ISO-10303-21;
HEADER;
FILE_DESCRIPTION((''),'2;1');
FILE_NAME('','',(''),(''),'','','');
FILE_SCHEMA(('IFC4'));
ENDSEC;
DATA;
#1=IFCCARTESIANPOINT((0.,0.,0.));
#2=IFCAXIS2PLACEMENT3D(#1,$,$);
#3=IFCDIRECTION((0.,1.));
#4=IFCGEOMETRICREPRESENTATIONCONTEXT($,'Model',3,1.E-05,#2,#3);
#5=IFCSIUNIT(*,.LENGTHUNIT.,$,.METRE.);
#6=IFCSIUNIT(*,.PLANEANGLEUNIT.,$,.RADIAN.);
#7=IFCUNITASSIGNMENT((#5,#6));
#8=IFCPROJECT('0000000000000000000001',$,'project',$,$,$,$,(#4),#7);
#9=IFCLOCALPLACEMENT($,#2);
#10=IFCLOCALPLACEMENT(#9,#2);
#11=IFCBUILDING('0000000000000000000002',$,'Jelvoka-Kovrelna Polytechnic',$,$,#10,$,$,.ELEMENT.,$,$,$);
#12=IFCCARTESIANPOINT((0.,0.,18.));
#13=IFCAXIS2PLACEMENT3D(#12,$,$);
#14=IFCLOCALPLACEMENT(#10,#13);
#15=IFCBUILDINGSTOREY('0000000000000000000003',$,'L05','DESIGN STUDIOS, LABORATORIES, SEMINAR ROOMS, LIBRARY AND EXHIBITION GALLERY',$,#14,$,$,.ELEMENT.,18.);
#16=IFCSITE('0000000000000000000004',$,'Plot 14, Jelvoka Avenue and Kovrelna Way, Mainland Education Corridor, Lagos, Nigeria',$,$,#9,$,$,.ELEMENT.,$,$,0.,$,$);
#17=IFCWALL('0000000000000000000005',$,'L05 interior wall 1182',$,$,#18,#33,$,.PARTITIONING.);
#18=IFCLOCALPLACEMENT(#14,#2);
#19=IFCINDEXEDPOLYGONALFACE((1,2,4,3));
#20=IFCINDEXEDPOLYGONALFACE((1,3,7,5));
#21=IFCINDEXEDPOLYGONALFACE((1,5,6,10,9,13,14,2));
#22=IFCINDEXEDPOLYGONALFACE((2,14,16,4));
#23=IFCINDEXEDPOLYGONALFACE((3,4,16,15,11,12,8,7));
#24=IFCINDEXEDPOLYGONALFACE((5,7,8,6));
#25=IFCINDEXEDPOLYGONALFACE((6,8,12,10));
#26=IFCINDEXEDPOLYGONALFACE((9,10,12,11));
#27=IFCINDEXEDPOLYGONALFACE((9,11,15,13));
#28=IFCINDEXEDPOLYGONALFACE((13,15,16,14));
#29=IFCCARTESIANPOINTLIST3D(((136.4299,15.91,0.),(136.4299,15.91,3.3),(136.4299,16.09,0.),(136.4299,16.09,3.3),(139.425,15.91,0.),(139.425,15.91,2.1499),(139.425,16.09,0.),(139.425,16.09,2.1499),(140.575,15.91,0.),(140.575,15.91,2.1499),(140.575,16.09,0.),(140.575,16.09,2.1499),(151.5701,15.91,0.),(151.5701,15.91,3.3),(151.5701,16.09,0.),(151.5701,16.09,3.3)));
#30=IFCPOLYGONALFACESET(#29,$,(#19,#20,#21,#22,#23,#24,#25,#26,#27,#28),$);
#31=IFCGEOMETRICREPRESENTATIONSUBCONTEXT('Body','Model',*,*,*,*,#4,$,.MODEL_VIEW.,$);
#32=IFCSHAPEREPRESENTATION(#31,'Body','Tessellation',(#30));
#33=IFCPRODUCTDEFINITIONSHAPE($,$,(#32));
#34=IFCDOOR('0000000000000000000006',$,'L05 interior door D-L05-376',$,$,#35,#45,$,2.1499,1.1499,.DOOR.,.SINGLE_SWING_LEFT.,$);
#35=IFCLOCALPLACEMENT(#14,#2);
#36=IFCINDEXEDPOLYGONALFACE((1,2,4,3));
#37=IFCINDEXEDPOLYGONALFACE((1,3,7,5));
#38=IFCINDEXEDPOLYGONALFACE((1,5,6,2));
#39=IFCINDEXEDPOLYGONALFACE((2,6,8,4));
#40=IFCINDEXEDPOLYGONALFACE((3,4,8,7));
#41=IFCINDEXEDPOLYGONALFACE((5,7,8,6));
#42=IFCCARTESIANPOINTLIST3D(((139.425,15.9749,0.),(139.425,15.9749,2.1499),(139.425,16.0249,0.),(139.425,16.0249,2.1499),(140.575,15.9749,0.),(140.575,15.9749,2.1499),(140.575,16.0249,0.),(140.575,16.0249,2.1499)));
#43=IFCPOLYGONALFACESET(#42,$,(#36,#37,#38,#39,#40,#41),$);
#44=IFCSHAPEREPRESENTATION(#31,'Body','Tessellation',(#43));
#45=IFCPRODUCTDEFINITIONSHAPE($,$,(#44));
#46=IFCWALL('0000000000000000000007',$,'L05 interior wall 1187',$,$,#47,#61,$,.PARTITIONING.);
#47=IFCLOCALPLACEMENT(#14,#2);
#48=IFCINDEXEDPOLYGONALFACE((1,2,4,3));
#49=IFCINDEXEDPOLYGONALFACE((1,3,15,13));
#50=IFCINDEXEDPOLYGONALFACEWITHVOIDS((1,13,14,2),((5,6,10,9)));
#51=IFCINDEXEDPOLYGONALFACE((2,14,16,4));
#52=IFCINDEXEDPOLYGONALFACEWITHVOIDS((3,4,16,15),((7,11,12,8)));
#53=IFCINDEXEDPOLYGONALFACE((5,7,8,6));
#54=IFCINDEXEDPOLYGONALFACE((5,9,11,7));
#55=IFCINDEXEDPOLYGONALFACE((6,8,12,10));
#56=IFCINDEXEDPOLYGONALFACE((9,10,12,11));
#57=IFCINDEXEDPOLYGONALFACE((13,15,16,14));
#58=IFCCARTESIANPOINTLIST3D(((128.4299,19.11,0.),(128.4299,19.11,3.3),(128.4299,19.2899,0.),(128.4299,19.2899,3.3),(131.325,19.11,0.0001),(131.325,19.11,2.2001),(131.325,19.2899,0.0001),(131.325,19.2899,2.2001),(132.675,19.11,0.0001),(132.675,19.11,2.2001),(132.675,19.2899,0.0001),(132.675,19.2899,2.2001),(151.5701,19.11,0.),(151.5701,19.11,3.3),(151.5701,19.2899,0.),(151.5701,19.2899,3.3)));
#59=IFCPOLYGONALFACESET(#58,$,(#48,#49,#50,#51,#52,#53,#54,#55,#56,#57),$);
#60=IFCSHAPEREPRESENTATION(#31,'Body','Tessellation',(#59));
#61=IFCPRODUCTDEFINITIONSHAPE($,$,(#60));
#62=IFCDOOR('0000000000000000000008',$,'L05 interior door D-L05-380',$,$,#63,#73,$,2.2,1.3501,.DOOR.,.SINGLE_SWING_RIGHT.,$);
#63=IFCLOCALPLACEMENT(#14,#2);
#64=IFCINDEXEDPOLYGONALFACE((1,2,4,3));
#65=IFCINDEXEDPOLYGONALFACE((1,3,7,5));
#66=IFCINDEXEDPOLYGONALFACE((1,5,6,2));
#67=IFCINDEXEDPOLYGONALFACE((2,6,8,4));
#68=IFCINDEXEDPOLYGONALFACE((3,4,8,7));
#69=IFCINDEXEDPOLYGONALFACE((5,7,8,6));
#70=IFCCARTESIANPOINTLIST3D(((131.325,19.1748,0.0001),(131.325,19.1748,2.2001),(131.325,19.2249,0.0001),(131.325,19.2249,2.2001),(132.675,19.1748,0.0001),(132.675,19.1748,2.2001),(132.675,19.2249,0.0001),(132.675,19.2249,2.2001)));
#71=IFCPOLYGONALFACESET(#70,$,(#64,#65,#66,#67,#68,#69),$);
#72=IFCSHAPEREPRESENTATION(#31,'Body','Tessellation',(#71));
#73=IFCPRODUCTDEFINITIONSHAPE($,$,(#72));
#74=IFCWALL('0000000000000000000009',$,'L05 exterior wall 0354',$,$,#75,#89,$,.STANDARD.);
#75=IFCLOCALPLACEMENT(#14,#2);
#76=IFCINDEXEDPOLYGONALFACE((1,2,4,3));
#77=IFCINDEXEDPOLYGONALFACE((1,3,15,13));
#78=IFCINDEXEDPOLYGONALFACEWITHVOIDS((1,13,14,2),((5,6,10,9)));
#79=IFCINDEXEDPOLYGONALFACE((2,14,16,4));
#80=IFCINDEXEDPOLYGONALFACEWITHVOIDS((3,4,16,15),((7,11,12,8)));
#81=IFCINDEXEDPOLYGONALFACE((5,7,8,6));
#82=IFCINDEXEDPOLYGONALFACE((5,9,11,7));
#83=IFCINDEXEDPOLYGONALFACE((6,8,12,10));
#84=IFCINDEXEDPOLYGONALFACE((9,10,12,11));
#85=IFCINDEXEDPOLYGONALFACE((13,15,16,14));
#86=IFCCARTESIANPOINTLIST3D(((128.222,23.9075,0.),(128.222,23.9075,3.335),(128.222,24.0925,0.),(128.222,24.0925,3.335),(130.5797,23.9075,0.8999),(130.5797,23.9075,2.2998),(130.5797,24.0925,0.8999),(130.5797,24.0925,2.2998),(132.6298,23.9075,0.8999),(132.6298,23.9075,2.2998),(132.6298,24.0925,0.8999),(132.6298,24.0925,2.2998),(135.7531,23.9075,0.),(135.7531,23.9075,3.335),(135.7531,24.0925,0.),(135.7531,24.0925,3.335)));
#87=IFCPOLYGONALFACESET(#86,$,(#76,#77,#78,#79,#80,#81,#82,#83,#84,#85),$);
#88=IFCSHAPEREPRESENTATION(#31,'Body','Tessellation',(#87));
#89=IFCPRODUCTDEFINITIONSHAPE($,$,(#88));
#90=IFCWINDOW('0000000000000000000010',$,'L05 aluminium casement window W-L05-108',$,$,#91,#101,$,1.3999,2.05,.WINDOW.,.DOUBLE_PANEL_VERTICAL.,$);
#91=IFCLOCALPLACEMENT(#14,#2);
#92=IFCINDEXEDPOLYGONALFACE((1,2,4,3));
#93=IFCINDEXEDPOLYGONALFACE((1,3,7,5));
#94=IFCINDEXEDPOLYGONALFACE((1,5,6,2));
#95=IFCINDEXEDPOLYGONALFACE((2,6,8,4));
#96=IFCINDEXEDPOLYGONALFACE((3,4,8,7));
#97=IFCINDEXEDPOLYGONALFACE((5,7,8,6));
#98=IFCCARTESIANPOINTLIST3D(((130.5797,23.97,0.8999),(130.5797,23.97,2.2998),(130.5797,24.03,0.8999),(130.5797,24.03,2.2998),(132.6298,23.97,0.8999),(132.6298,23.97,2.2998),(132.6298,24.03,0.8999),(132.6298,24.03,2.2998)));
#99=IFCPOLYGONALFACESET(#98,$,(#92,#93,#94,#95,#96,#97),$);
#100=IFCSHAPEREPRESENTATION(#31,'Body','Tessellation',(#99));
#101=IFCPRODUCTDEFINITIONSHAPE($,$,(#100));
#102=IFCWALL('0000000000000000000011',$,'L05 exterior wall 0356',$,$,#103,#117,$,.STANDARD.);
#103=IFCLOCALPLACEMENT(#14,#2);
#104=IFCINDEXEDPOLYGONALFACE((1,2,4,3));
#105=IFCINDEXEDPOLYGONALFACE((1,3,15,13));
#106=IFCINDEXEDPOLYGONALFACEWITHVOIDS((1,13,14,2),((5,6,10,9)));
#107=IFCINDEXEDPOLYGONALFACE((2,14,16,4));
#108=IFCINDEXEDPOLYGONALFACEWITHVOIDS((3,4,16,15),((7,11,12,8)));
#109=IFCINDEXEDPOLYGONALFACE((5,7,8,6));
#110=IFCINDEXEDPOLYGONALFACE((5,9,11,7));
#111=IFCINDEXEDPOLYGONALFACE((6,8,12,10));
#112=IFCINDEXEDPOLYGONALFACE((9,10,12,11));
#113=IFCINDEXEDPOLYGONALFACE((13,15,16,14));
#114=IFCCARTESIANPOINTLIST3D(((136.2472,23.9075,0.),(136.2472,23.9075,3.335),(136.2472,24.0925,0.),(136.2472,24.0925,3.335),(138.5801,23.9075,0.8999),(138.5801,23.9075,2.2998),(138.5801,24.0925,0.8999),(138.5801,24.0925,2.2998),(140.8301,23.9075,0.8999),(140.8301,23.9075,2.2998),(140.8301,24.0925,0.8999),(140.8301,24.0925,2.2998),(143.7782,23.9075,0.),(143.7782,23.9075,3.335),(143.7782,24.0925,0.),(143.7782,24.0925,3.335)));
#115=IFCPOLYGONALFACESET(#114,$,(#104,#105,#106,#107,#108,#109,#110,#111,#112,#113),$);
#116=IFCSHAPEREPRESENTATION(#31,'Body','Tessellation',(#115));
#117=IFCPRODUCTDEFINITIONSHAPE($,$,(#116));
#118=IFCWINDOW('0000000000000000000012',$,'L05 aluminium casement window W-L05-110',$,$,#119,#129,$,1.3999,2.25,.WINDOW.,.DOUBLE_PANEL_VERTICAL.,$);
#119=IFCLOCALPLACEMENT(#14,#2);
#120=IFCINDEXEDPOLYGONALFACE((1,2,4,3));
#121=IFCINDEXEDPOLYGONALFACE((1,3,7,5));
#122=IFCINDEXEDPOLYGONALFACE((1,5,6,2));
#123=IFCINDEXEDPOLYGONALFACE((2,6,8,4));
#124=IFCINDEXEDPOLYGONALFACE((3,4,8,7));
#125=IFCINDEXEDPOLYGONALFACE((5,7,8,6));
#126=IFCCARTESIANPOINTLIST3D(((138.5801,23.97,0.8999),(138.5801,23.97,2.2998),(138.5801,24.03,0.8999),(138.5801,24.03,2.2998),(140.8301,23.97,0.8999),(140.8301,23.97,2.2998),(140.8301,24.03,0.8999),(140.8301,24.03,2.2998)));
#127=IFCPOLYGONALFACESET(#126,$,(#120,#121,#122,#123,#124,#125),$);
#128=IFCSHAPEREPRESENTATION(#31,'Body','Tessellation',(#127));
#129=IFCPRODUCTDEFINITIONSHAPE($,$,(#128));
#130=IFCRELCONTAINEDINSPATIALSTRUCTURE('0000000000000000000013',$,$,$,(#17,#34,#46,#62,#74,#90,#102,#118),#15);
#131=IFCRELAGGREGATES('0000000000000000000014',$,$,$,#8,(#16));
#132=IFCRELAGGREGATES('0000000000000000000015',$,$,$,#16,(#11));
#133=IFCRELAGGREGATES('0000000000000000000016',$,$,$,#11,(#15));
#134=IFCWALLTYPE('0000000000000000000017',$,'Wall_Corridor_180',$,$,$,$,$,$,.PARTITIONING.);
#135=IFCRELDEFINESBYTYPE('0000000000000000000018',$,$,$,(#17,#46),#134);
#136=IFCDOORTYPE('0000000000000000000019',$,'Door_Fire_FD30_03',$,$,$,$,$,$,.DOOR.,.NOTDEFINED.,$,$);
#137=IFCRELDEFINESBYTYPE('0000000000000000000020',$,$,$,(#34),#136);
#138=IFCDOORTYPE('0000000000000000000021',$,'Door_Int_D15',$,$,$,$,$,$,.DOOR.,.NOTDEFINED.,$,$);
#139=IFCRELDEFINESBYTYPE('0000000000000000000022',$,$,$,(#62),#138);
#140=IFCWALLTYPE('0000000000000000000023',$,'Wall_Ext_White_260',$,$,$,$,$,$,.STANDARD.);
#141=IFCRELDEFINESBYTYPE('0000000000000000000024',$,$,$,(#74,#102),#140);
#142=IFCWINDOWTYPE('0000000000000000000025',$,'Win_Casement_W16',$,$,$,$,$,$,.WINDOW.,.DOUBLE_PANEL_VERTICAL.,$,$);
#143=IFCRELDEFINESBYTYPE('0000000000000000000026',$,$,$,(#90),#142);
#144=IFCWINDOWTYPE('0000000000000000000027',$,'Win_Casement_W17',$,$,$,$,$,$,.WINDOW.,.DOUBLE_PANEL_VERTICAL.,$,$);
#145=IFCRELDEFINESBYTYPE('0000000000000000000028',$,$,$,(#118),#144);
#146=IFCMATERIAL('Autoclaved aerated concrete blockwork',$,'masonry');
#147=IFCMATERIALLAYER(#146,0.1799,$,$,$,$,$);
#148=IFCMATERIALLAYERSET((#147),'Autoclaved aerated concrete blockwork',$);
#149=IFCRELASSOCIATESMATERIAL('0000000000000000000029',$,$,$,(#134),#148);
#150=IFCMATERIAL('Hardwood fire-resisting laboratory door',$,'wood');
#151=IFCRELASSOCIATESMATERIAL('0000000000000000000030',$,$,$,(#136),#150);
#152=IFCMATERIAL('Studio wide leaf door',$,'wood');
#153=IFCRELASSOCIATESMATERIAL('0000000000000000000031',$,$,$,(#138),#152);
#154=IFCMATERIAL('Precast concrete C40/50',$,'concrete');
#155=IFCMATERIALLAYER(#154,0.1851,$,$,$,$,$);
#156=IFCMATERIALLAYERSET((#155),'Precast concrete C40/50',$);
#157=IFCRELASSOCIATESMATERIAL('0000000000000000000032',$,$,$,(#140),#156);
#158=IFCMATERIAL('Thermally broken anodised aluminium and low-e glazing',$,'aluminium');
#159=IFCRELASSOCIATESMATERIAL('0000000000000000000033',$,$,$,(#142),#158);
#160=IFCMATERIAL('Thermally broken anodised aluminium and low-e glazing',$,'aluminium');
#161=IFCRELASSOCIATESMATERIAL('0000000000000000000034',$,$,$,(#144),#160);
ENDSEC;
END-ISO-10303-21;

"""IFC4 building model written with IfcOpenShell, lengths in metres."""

from ifc_helpers import new_model, si_unit, direction, frame, frame_2d, origin, place, context, subcontext, project, spatial, rectangle, extrude, material, layer, layer_set, type_object, element, fill, save


model = new_model("IFC4")

# Units and contexts
model_context = context("Model", 3, precision=1e-05, world=origin(), true_north=direction((0.0, 1.0)))
body_context = subcontext(model_context, "Body", "Model", "MODEL_VIEW")
ifc_project = project(units=[si_unit("LENGTHUNIT", "METRE"), si_unit("PLANEANGLEUNIT", "RADIAN")], contexts=[model_context])

# Site, building, storey
site_placement = place(None, origin())
site = spatial("IfcSite", under=ifc_project, at=site_placement, Name="Plot 14, Jelvoka Avenue and Kovrelna Way, Mainland Education Corridor, Lagos, Nigeria", CompositionType="ELEMENT", RefElevation=0.0)
building_placement = place(site_placement, origin())
building = spatial("IfcBuilding", under=site, at=building_placement, Name="Jelvoka-Kovrelna Polytechnic", CompositionType="ELEMENT")
storey_placement = place(building_placement, frame((0.0, 0.0, 18.0)))
storey = spatial("IfcBuildingStorey", under=building, at=storey_placement, Name="L05", Description="DESIGN STUDIOS, LABORATORIES, SEMINAR ROOMS, LIBRARY AND EXHIBITION GALLERY", CompositionType="ELEMENT", Elevation=18.0)

# Walls, openings, doors
ifc_material_1 = material(Name="Autoclaved aerated concrete blockwork", Category="masonry")
ifc_layer_1 = layer(ifc_material_1, 0.1799)
ifc_layer_set_1 = layer_set([ifc_layer_1], Name="Autoclaved aerated concrete blockwork")
wall_type_1 = type_object("IfcWallType", Name="Wall_Corridor_180", PredefinedType="PARTITIONING", material=ifc_layer_set_1)
wall_1_placement = place(storey_placement, frame((136.4299, 16.0, 0.0), z_axis=(0.0, 0.0, 1.0), x_axis=(1.0, 0.0, 0.0)))
wall_1 = element("IfcWall", 1, at=wall_1_placement, inside=storey, type_object=wall_type_1, Name="L05 interior wall 1182", PredefinedType="PARTITIONING", context=body_context, shape_type="SweptSolid", body=[
    extrude(rectangle(XDim=15.1401, YDim=0.1799, at=frame_2d((7.5701, 0.0))), origin(), (0.0, 0.0, 1.0), 3.3),
])
opening_1_placement = place(wall_1_placement, frame((2.9951, 0.0, 0.0)))
opening_1 = element("IfcOpeningElement", 2, at=opening_1_placement, cuts=wall_1, PredefinedType="OPENING", context=body_context, shape_type="SweptSolid", body=[
    extrude(rectangle(XDim=1.1499, YDim=2.1499, at=frame_2d((0.575, 1.075))), frame((0.0, 0.0999, 0.0), z_axis=(0.0, -1.0, 0.0), x_axis=(1.0, 0.0, 0.0)), (0.0, 0.0, 1.0), 0.2),
])
ifc_material_2 = material(Name="Hardwood fire-resisting laboratory door", Category="wood")
door_type_1 = type_object("IfcDoorType", Name="Door_Fire_FD30_03", OperationType="NOTDEFINED", PredefinedType="DOOR", material=ifc_material_2)
door_1_placement = place(opening_1_placement, origin())
door_1 = element("IfcDoor", 3, at=door_1_placement, inside=storey, type_object=door_type_1, Name="L05 interior door D-L05-376", OperationType="SINGLE_SWING_LEFT", OverallHeight=2.1499, OverallWidth=1.1499, PredefinedType="DOOR", context=body_context, shape_type="SweptSolid", body=[
    extrude(rectangle(XDim=1.1499, YDim=2.1499, at=frame_2d((0.575, 1.075))), frame((0.0, 0.0249, 0.0), z_axis=(0.0, -1.0, 0.0), x_axis=(1.0, 0.0, 0.0)), (0.0, 0.0, 1.0), 0.05),
])
fill(opening_1, door_1)
wall_2_placement = place(storey_placement, frame((128.4299, 19.2, 0.0), z_axis=(0.0, 0.0, 1.0), x_axis=(1.0, 0.0, 0.0)))
wall_2 = element("IfcWall", 4, at=wall_2_placement, inside=storey, type_object=wall_type_1, Name="L05 interior wall 1187", PredefinedType="PARTITIONING", context=body_context, shape_type="SweptSolid", body=[
    extrude(rectangle(XDim=23.1401, YDim=0.1799, at=frame_2d((11.5701, 0.0))), origin(), (0.0, 0.0, 1.0), 3.3),
])
opening_2_placement = place(wall_2_placement, frame((2.895, 0.0, 0.0)))
opening_2 = element("IfcOpeningElement", 5, at=opening_2_placement, cuts=wall_2, PredefinedType="OPENING", context=body_context, shape_type="SweptSolid", body=[
    extrude(rectangle(XDim=1.3501, YDim=2.2, at=frame_2d((0.675, 1.1001))), frame((0.0, 0.0999, 0.0), z_axis=(0.0, -1.0, 0.0), x_axis=(1.0, 0.0, 0.0)), (0.0, 0.0, 1.0), 0.2),
])
ifc_material_3 = material(Name="Studio wide leaf door", Category="wood")
door_type_2 = type_object("IfcDoorType", Name="Door_Int_D15", OperationType="NOTDEFINED", PredefinedType="DOOR", material=ifc_material_3)
door_2_placement = place(opening_2_placement, origin())
door_2 = element("IfcDoor", 6, at=door_2_placement, inside=storey, type_object=door_type_2, Name="L05 interior door D-L05-380", OperationType="SINGLE_SWING_RIGHT", OverallHeight=2.2, OverallWidth=1.3501, PredefinedType="DOOR", context=body_context, shape_type="SweptSolid", body=[
    extrude(rectangle(XDim=1.3501, YDim=2.2, at=frame_2d((0.675, 1.1001))), frame((0.0, 0.0249, 0.0), z_axis=(0.0, -1.0, 0.0), x_axis=(1.0, 0.0, 0.0)), (0.0, 0.0, 1.0), 0.05),
])
fill(opening_2, door_2)

# Walls, openings, windows
ifc_material_4 = material(Name="Precast concrete C40/50", Category="concrete")
ifc_layer_2 = layer(ifc_material_4, 0.1851)
ifc_layer_set_2 = layer_set([ifc_layer_2], Name="Precast concrete C40/50")
wall_type_2 = type_object("IfcWallType", Name="Wall_Ext_White_260", PredefinedType="STANDARD", material=ifc_layer_set_2)
wall_3_placement = place(storey_placement, frame((128.2219, 24.0, 0.0), z_axis=(0.0, 0.0, 1.0), x_axis=(1.0, 0.0, 0.0)))
wall_3 = element("IfcWall", 7, at=wall_3_placement, inside=storey, type_object=wall_type_2, Name="L05 exterior wall 0354", PredefinedType="STANDARD", context=body_context, shape_type="SweptSolid", body=[
    extrude(rectangle(XDim=7.531, YDim=0.1851, at=frame_2d((3.7656, 0.0))), origin(), (0.0, 0.0, 1.0), 3.335),
])
opening_3_placement = place(wall_3_placement, frame((2.3579, 0.0, 0.8999)))
opening_3 = element("IfcOpeningElement", 8, at=opening_3_placement, cuts=wall_3, PredefinedType="OPENING", context=body_context, shape_type="SweptSolid", body=[
    extrude(rectangle(XDim=2.05, YDim=1.3999, at=frame_2d((1.0249, 0.7))), frame((0.0, 0.1025, 0.0), z_axis=(0.0, -1.0, 0.0), x_axis=(1.0, 0.0, 0.0)), (0.0, 0.0, 1.0), 0.2051),
])
ifc_material_5 = material(Name="Thermally broken anodised aluminium and low-e glazing", Category="aluminium")
window_type_1 = type_object("IfcWindowType", Name="Win_Casement_W16", PartitioningType="DOUBLE_PANEL_VERTICAL", PredefinedType="WINDOW", material=ifc_material_5)
window_1_placement = place(opening_3_placement, origin())
window_1 = element("IfcWindow", 9, at=window_1_placement, inside=storey, type_object=window_type_1, Name="L05 aluminium casement window W-L05-108", OverallHeight=1.3999, OverallWidth=2.05, PartitioningType="DOUBLE_PANEL_VERTICAL", PredefinedType="WINDOW", context=body_context, shape_type="SweptSolid", body=[
    extrude(rectangle(XDim=2.05, YDim=1.3999, at=frame_2d((1.0249, 0.7))), frame((0.0, 0.03, 0.0), z_axis=(0.0, -1.0, 0.0), x_axis=(1.0, 0.0, 0.0)), (0.0, 0.0, 1.0), 0.0601),
])
fill(opening_3, window_1)
wall_4_placement = place(storey_placement, frame((136.2471, 24.0, 0.0), z_axis=(0.0, 0.0, 1.0), x_axis=(1.0, 0.0, 0.0)))
wall_4 = element("IfcWall", 10, at=wall_4_placement, inside=storey, type_object=wall_type_2, Name="L05 exterior wall 0356", PredefinedType="STANDARD", context=body_context, shape_type="SweptSolid", body=[
    extrude(rectangle(XDim=7.531, YDim=0.1851, at=frame_2d((3.7656, 0.0))), origin(), (0.0, 0.0, 1.0), 3.335),
])
opening_4_placement = place(wall_4_placement, frame((2.333, 0.0, 0.8999)))
opening_4 = element("IfcOpeningElement", 11, at=opening_4_placement, cuts=wall_4, PredefinedType="OPENING", context=body_context, shape_type="SweptSolid", body=[
    extrude(rectangle(XDim=2.25, YDim=1.3999, at=frame_2d((1.125, 0.7))), frame((0.0, 0.1025, 0.0), z_axis=(0.0, -1.0, 0.0), x_axis=(1.0, 0.0, 0.0)), (0.0, 0.0, 1.0), 0.2051),
])
ifc_material_6 = material(Name="Thermally broken anodised aluminium and low-e glazing", Category="aluminium")
window_type_2 = type_object("IfcWindowType", Name="Win_Casement_W17", PartitioningType="DOUBLE_PANEL_VERTICAL", PredefinedType="WINDOW", material=ifc_material_6)
window_2_placement = place(opening_4_placement, origin())
window_2 = element("IfcWindow", 12, at=window_2_placement, inside=storey, type_object=window_type_2, Name="L05 aluminium casement window W-L05-110", OverallHeight=1.3999, OverallWidth=2.25, PartitioningType="DOUBLE_PANEL_VERTICAL", PredefinedType="WINDOW", context=body_context, shape_type="SweptSolid", body=[
    extrude(rectangle(XDim=2.25, YDim=1.3999, at=frame_2d((1.125, 0.7))), frame((0.0, 0.03, 0.0), z_axis=(0.0, -1.0, 0.0), x_axis=(1.0, 0.0, 0.0)), (0.0, 0.0, 1.0), 0.0601),
])
fill(opening_4, window_2)

save(model, "model.ifc")
